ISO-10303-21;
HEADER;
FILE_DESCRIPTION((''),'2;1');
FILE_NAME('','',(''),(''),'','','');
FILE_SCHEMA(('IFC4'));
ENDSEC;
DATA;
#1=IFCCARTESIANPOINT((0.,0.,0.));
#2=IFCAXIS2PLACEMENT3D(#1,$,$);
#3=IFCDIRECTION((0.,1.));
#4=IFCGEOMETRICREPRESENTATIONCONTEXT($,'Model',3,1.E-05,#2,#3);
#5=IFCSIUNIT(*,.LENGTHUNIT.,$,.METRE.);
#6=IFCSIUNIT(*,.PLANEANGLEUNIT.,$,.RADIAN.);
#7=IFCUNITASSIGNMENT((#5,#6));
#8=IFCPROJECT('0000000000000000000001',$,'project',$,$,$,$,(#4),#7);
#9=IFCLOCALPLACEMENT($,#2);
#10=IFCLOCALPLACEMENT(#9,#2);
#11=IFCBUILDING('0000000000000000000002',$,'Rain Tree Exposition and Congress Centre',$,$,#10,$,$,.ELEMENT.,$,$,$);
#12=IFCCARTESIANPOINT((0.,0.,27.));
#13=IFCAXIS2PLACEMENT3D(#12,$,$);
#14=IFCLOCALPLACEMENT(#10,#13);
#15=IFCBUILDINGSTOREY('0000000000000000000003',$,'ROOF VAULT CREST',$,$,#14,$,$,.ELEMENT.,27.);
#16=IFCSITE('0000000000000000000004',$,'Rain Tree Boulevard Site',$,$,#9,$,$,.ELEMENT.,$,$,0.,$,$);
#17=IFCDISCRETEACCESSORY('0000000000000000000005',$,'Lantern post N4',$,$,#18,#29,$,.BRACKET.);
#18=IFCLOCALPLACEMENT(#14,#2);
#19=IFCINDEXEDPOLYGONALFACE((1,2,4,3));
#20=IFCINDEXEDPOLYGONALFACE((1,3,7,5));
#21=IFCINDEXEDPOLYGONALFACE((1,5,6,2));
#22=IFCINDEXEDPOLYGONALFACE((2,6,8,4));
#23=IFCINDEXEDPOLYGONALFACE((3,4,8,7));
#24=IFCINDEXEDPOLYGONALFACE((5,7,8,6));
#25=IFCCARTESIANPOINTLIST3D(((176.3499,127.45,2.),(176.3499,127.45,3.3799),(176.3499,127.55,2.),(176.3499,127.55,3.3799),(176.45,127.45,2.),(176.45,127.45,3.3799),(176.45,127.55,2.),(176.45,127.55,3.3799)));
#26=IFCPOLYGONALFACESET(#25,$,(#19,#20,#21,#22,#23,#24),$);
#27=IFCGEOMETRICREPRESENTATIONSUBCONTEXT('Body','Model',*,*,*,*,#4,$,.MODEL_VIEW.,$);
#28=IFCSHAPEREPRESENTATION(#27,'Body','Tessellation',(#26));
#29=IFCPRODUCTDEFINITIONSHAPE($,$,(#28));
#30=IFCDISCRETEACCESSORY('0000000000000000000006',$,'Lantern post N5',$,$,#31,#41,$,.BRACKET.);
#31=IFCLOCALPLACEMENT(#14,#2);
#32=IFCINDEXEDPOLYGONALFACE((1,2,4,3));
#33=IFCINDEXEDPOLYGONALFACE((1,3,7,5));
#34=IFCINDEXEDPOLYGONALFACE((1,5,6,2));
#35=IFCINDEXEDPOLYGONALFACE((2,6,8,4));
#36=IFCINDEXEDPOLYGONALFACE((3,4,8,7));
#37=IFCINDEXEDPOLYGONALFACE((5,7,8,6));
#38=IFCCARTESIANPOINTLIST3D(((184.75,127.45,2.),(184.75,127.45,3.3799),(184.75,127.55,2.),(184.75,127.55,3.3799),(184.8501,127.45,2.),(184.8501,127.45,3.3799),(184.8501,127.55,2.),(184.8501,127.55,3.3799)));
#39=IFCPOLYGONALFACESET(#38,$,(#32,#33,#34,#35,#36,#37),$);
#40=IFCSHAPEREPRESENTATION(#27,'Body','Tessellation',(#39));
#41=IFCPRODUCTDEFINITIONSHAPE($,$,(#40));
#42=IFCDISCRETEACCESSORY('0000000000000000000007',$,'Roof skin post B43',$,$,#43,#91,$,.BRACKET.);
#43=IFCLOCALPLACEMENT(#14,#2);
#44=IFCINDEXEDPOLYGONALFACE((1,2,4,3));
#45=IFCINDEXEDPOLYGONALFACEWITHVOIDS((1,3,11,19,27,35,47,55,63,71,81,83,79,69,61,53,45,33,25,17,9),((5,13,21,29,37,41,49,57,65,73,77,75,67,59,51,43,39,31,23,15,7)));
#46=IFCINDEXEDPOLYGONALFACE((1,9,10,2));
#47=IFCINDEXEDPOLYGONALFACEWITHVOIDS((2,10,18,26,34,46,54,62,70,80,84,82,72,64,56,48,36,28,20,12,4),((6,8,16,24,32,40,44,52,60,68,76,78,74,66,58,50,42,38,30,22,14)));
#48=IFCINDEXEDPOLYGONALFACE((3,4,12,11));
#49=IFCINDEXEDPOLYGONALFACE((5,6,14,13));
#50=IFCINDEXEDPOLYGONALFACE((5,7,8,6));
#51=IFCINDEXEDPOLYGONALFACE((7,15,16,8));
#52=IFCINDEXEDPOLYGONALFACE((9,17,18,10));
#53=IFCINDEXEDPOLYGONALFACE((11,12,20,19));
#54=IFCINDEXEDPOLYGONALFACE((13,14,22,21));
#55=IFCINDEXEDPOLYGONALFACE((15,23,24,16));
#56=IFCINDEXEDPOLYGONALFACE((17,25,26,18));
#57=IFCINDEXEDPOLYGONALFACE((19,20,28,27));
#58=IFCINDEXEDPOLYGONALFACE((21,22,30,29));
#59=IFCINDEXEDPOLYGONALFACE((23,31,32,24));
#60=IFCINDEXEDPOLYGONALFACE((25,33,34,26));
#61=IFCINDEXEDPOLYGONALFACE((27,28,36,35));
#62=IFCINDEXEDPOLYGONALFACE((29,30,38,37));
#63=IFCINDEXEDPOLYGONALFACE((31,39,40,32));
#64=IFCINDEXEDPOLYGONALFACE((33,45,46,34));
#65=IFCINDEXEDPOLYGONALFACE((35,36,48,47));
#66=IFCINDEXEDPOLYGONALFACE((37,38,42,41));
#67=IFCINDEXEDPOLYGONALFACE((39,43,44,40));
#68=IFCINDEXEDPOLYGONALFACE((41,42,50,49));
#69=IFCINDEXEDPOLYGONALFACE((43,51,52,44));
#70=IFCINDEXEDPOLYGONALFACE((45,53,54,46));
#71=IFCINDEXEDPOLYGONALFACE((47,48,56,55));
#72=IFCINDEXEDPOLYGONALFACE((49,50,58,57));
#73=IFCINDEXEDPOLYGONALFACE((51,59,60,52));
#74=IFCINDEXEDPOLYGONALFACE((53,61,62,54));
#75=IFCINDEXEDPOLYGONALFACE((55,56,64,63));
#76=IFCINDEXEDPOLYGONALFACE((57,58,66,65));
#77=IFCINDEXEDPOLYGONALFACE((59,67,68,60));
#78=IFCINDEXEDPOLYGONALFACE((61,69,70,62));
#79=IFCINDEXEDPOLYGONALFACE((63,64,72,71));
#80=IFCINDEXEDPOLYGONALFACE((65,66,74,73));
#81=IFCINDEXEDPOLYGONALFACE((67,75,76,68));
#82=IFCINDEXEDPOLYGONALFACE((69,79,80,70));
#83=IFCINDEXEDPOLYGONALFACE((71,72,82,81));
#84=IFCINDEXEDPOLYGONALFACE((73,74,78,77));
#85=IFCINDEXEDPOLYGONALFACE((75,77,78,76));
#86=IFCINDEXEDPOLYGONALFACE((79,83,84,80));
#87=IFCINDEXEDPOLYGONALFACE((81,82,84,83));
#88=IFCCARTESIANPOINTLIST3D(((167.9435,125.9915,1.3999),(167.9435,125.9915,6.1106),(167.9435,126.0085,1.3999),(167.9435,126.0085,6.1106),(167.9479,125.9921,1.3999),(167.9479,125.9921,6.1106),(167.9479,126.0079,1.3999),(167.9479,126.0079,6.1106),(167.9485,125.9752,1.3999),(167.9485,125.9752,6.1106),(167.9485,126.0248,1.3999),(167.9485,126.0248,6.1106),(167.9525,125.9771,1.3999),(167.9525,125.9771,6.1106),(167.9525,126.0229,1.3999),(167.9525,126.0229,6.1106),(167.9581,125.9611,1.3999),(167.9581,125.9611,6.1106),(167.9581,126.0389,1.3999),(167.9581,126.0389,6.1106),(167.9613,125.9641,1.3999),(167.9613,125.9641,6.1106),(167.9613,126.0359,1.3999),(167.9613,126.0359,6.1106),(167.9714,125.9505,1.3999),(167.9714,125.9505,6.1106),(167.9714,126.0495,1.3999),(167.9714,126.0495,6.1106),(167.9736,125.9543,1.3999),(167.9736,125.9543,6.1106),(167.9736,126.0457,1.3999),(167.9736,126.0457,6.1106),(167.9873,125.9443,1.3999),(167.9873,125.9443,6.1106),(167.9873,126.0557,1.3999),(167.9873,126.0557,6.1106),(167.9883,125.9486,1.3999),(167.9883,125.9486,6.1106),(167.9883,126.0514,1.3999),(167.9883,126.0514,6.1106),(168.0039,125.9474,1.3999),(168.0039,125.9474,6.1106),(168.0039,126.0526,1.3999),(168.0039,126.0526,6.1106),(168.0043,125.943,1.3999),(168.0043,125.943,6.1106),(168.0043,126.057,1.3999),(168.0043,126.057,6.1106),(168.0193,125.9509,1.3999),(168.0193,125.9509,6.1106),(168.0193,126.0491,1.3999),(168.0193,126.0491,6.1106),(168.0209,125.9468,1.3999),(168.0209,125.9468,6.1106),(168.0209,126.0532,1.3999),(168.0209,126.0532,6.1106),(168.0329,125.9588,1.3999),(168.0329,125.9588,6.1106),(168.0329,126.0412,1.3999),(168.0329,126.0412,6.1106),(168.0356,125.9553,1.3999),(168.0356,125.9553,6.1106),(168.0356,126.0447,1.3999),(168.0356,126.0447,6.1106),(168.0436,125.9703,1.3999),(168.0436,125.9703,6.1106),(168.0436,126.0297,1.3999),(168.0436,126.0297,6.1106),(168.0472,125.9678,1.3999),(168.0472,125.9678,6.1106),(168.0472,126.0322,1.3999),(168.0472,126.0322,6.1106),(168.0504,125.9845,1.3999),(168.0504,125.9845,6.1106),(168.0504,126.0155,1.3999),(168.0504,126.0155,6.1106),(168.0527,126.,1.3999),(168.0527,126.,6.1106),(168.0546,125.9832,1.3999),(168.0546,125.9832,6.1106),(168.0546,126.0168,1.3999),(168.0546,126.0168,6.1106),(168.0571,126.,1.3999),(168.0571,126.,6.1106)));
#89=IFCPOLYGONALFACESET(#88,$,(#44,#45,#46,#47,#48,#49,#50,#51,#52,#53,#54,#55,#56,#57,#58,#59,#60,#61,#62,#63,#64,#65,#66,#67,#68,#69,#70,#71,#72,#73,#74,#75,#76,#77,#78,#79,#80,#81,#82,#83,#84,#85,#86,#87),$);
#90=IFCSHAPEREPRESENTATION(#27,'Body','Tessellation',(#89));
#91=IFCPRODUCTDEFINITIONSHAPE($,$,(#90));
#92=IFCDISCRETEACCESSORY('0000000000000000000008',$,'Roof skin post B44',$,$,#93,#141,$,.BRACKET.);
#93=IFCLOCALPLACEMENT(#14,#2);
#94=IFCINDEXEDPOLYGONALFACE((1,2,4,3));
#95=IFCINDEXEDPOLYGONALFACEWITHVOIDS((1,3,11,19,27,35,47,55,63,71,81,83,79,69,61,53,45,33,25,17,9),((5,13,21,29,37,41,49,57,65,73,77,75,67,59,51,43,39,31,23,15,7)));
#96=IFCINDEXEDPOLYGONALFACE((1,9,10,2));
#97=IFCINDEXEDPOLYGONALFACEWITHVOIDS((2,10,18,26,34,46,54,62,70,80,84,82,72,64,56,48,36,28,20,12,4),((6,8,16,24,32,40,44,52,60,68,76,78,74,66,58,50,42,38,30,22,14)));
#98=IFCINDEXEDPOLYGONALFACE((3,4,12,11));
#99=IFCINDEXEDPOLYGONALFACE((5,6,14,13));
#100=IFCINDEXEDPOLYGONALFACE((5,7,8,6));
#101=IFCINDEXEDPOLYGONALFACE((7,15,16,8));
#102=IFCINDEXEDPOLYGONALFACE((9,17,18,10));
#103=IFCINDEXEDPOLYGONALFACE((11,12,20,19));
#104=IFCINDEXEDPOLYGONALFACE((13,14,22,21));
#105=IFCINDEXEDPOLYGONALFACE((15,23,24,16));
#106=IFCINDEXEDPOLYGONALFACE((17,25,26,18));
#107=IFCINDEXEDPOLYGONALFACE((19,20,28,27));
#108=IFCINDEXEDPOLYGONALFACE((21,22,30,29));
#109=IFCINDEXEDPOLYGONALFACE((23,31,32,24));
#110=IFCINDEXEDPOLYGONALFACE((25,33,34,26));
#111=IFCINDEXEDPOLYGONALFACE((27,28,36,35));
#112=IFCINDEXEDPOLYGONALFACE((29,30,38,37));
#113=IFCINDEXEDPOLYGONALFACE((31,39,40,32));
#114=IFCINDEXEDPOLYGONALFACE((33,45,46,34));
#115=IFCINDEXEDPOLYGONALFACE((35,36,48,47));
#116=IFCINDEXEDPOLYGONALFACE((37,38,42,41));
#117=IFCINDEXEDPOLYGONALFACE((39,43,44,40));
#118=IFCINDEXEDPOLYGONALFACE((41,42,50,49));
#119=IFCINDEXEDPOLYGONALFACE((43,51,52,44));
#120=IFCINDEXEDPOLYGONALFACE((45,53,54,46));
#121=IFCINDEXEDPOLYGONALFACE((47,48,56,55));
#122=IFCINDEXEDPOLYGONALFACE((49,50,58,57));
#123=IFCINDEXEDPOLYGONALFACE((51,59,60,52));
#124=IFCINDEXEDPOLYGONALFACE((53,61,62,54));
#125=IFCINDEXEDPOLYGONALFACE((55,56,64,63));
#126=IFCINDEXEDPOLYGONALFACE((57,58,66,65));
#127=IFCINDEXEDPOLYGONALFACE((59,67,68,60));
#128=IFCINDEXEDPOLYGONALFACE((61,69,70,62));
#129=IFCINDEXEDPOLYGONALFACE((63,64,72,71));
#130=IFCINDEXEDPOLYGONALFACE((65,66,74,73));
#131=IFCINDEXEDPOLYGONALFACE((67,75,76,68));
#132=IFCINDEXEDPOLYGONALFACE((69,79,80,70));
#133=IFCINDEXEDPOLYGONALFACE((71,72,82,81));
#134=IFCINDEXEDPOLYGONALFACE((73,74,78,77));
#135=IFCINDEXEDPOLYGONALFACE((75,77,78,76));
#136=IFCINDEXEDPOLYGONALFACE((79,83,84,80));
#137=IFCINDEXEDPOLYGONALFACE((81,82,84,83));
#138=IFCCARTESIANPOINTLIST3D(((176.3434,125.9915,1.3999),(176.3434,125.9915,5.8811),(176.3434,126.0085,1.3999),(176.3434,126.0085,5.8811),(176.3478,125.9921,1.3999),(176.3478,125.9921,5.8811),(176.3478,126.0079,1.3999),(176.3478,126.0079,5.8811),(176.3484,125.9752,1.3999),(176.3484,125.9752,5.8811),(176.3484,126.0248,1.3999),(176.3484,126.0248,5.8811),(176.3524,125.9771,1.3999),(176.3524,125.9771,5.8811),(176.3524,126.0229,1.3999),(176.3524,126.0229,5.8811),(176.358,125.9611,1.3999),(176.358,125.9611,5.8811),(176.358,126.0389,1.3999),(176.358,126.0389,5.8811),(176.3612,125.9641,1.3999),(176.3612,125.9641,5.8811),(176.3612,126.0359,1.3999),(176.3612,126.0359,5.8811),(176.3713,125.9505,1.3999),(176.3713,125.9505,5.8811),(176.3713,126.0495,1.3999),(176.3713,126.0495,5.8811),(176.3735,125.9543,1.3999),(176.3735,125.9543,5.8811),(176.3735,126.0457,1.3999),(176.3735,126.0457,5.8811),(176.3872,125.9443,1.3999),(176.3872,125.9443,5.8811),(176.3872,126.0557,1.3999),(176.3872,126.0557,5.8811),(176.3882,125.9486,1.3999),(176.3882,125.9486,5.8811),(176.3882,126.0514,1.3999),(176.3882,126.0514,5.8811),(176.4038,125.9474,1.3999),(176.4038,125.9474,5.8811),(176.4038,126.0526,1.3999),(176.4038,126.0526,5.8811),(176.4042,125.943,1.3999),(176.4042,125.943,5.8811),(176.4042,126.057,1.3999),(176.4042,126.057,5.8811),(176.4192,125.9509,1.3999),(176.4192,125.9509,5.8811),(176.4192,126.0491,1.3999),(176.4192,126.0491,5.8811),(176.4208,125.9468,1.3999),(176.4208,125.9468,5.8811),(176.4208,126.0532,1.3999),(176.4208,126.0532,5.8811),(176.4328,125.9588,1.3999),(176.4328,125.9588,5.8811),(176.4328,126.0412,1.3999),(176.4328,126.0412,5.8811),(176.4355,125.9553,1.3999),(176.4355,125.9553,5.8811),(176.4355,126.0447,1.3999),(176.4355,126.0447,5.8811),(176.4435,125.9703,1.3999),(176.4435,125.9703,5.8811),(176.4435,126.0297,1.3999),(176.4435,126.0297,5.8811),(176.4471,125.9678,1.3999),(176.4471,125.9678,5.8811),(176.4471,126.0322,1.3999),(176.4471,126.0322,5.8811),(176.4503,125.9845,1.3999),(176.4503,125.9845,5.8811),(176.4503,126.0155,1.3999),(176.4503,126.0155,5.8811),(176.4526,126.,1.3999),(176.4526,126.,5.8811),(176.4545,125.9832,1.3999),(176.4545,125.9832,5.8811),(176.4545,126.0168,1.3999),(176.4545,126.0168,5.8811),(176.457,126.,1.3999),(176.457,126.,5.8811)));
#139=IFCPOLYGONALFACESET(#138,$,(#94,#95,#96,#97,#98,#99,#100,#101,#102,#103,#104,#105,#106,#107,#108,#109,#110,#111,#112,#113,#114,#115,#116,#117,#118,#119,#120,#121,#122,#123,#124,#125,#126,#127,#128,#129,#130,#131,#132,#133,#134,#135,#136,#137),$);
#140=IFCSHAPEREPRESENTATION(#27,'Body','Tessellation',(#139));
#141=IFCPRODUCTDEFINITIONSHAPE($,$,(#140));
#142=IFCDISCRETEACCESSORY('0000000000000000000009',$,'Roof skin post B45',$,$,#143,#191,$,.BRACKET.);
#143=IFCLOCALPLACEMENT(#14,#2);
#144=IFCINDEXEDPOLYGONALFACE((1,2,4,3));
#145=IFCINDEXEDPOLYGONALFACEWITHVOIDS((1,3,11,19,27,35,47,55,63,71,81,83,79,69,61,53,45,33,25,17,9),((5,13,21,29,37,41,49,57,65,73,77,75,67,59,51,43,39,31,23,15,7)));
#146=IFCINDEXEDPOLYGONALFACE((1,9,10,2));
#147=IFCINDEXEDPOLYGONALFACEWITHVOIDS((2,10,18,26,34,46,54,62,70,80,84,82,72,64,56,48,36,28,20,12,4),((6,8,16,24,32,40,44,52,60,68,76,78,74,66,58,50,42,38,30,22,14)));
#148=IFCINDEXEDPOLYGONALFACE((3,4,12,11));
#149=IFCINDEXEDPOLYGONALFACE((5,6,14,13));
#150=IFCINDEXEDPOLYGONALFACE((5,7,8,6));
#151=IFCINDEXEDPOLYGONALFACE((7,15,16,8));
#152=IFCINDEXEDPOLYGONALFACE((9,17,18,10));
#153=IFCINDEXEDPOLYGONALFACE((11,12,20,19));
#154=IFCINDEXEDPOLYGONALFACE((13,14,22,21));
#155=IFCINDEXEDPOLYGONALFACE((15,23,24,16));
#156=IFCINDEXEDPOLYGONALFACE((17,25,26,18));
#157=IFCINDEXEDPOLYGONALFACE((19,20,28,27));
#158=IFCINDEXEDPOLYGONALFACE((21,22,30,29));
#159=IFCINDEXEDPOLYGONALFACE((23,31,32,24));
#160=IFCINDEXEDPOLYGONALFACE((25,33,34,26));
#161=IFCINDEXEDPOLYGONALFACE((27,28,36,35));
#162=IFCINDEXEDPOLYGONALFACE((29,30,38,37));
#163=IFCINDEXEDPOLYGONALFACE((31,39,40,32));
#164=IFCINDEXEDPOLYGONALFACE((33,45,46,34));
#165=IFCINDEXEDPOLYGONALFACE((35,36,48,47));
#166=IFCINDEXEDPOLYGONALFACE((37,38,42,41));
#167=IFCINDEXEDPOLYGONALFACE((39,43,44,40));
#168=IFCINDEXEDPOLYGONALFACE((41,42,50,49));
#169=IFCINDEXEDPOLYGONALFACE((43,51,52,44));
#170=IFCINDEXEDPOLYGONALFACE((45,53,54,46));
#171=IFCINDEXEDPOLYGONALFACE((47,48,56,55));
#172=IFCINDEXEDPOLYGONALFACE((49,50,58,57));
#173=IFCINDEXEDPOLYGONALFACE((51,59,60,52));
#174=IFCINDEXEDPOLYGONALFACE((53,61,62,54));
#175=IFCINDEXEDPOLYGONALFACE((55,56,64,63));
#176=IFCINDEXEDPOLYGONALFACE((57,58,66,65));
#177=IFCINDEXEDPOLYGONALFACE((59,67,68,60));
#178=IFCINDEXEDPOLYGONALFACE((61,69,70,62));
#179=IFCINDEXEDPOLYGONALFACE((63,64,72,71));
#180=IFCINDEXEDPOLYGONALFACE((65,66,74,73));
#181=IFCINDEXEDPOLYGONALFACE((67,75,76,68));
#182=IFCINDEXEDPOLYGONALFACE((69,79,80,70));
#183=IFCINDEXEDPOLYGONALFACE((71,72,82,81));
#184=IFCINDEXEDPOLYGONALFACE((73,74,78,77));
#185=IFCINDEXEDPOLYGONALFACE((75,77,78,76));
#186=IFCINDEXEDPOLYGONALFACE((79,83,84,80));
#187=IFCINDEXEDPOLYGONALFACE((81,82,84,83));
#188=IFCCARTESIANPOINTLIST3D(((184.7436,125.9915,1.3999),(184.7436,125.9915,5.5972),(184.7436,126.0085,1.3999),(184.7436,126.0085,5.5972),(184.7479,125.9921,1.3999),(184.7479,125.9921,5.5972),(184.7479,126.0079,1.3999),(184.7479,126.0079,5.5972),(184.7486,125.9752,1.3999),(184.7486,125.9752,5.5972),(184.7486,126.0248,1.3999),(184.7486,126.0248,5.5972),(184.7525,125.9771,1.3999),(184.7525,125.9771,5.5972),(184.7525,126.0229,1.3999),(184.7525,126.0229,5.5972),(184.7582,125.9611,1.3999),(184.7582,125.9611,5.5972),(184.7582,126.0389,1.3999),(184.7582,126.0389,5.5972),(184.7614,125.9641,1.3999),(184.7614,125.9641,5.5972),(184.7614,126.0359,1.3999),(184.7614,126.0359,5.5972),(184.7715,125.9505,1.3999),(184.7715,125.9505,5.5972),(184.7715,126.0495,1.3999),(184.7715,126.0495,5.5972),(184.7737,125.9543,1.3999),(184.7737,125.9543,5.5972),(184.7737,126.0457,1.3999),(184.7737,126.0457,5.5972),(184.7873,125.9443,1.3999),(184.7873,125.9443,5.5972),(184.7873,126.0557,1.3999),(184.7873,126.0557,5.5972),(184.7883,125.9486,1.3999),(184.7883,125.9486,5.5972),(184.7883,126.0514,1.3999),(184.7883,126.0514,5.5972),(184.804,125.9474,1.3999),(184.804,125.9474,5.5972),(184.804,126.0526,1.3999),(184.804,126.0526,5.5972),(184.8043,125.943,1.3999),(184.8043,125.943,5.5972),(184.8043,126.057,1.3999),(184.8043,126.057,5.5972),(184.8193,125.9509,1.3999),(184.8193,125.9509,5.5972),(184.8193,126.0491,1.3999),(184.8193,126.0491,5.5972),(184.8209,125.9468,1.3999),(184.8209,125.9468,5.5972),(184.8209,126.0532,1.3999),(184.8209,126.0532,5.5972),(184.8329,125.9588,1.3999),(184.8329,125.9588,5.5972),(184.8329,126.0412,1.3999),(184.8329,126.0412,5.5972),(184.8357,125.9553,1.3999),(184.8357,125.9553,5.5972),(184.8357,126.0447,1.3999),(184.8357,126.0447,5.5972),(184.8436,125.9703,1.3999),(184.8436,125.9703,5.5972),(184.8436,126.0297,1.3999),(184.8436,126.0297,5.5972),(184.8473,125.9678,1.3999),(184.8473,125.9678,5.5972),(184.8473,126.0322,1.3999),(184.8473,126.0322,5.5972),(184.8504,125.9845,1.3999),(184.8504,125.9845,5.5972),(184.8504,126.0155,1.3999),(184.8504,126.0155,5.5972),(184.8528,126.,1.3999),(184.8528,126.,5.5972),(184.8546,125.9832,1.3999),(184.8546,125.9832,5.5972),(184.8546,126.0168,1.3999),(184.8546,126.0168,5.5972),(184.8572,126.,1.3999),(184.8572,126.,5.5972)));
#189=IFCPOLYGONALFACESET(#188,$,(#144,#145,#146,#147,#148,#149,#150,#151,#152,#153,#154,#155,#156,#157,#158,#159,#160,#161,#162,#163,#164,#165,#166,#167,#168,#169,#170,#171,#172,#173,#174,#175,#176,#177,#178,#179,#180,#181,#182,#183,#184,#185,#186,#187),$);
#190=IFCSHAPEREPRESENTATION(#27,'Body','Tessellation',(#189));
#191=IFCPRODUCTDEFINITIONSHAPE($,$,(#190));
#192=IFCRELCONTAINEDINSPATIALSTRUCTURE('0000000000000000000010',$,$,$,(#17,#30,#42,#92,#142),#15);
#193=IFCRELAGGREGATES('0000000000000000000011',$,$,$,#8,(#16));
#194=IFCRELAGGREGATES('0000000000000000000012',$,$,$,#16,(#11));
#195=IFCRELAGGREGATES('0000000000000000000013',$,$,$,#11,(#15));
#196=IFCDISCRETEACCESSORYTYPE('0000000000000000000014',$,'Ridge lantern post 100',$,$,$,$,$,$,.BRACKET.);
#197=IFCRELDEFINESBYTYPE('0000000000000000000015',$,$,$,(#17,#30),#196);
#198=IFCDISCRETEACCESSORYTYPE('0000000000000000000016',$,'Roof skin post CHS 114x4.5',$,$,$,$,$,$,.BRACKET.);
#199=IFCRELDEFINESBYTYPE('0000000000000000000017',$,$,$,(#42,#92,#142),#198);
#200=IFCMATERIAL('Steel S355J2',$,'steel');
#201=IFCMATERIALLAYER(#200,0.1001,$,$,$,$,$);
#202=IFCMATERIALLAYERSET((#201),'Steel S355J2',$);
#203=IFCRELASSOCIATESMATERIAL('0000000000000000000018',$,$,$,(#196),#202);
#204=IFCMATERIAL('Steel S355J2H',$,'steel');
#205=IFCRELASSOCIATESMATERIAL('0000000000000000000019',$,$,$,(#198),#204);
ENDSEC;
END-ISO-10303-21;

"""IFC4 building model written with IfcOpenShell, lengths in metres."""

from ifc_helpers import new_model, si_unit, direction, frame, origin, origin_2d, place, context, subcontext, project, spatial, rectangle, hollow_circle, extrude, material, layer, layer_set, material_profile, profile_set, type_object, element, save


model = new_model("IFC4")

# Units and contexts
model_context = context("Model", 3, precision=1e-05, world=origin(), true_north=direction((0.0, 1.0)))
body_context = subcontext(model_context, "Body", "Model", "MODEL_VIEW")
ifc_project = project(units=[si_unit("LENGTHUNIT", "METRE"), si_unit("PLANEANGLEUNIT", "RADIAN")], contexts=[model_context])

# Site, building, storey
site_placement = place(None, origin())
site = spatial("IfcSite", under=ifc_project, at=site_placement, Name="Rain Tree Boulevard Site", CompositionType="ELEMENT", RefElevation=0.0)
building_placement = place(site_placement, origin())
building = spatial("IfcBuilding", under=site, at=building_placement, Name="Rain Tree Exposition and Congress Centre", CompositionType="ELEMENT")
storey_placement = place(building_placement, frame((0.0, 0.0, 27.0)))
storey = spatial("IfcBuildingStorey", under=building, at=storey_placement, Name="ROOF VAULT CREST", CompositionType="ELEMENT", Elevation=27.0)

# Discrete accessories
ifc_material_1 = material(Name="Steel S355J2", Category="steel")
ifc_layer_1 = layer(ifc_material_1, 0.1001)
ifc_layer_set_1 = layer_set([ifc_layer_1], Name="Steel S355J2")
discrete_accessory_type_1 = type_object("IfcDiscreteAccessoryType", Name="Ridge lantern post 100", PredefinedType="BRACKET", material=ifc_layer_set_1)
for number, where, z_axis, x_axis, name in (
    (1, (176.3999, 127.5, 2.0), (0.0, 0.0, 1.0), (1.0, 0.0, 0.0), "Lantern post N4"),
    (2, (184.8, 127.5, 2.0), (0.0, 0.0, 1.0), (1.0, 0.0, 0.0), "Lantern post N5"),
):
    element("IfcDiscreteAccessory", number, at=place(storey_placement, frame(where, z_axis=z_axis, x_axis=x_axis)), inside=storey, type_object=discrete_accessory_type_1, Name=name, PredefinedType="BRACKET", context=body_context, shape_type="SweptSolid", body=[
        extrude(rectangle(XDim=0.1001, YDim=0.1001, at=origin_2d()), origin(), (0.0, 0.0, 1.0), 1.3799),
    ])
ifc_material_2 = material(Name="Steel S355J2H", Category="steel")
ifc_material_profile_1 = material_profile(ifc_material_2, hollow_circle(Radius=0.0571, WallThickness=0.0044, at=origin_2d()), Name="CHS 114x4.5")
ifc_profile_set_1 = profile_set([ifc_material_profile_1], Name="Steel S355J2H")
discrete_accessory_type_2 = type_object("IfcDiscreteAccessoryType", Name="Roof skin post CHS 114x4.5", PredefinedType="BRACKET", material=ifc_profile_set_1)
discrete_accessory_1_placement = place(storey_placement, frame((168.0, 126.0, 1.3999), z_axis=(0.0, 0.0, 1.0), x_axis=(1.0, 0.0, 0.0)))
element("IfcDiscreteAccessory", 3, at=discrete_accessory_1_placement, inside=storey, type_object=discrete_accessory_type_2, Name="Roof skin post B43", PredefinedType="BRACKET", context=body_context, shape_type="SweptSolid", body=[
    extrude(hollow_circle(Radius=0.0571, WallThickness=0.0044, at=origin_2d()), origin(), (0.0, 0.0, 1.0), 4.7107),
])
discrete_accessory_2_placement = place(storey_placement, frame((176.3999, 126.0, 1.3999), z_axis=(0.0, 0.0, 1.0), x_axis=(1.0, 0.0, 0.0)))
element("IfcDiscreteAccessory", 4, at=discrete_accessory_2_placement, inside=storey, type_object=discrete_accessory_type_2, Name="Roof skin post B44", PredefinedType="BRACKET", context=body_context, shape_type="SweptSolid", body=[
    extrude(hollow_circle(Radius=0.0571, WallThickness=0.0044, at=origin_2d()), origin(), (0.0, 0.0, 1.0), 4.4812),
])
discrete_accessory_3_placement = place(storey_placement, frame((184.8, 126.0, 1.3999), z_axis=(0.0, 0.0, 1.0), x_axis=(1.0, 0.0, 0.0)))
element("IfcDiscreteAccessory", 5, at=discrete_accessory_3_placement, inside=storey, type_object=discrete_accessory_type_2, Name="Roof skin post B45", PredefinedType="BRACKET", context=body_context, shape_type="SweptSolid", body=[
    extrude(hollow_circle(Radius=0.0571, WallThickness=0.0044, at=origin_2d()), origin(), (0.0, 0.0, 1.0), 4.1973),
])

save(model, "model.ifc")
